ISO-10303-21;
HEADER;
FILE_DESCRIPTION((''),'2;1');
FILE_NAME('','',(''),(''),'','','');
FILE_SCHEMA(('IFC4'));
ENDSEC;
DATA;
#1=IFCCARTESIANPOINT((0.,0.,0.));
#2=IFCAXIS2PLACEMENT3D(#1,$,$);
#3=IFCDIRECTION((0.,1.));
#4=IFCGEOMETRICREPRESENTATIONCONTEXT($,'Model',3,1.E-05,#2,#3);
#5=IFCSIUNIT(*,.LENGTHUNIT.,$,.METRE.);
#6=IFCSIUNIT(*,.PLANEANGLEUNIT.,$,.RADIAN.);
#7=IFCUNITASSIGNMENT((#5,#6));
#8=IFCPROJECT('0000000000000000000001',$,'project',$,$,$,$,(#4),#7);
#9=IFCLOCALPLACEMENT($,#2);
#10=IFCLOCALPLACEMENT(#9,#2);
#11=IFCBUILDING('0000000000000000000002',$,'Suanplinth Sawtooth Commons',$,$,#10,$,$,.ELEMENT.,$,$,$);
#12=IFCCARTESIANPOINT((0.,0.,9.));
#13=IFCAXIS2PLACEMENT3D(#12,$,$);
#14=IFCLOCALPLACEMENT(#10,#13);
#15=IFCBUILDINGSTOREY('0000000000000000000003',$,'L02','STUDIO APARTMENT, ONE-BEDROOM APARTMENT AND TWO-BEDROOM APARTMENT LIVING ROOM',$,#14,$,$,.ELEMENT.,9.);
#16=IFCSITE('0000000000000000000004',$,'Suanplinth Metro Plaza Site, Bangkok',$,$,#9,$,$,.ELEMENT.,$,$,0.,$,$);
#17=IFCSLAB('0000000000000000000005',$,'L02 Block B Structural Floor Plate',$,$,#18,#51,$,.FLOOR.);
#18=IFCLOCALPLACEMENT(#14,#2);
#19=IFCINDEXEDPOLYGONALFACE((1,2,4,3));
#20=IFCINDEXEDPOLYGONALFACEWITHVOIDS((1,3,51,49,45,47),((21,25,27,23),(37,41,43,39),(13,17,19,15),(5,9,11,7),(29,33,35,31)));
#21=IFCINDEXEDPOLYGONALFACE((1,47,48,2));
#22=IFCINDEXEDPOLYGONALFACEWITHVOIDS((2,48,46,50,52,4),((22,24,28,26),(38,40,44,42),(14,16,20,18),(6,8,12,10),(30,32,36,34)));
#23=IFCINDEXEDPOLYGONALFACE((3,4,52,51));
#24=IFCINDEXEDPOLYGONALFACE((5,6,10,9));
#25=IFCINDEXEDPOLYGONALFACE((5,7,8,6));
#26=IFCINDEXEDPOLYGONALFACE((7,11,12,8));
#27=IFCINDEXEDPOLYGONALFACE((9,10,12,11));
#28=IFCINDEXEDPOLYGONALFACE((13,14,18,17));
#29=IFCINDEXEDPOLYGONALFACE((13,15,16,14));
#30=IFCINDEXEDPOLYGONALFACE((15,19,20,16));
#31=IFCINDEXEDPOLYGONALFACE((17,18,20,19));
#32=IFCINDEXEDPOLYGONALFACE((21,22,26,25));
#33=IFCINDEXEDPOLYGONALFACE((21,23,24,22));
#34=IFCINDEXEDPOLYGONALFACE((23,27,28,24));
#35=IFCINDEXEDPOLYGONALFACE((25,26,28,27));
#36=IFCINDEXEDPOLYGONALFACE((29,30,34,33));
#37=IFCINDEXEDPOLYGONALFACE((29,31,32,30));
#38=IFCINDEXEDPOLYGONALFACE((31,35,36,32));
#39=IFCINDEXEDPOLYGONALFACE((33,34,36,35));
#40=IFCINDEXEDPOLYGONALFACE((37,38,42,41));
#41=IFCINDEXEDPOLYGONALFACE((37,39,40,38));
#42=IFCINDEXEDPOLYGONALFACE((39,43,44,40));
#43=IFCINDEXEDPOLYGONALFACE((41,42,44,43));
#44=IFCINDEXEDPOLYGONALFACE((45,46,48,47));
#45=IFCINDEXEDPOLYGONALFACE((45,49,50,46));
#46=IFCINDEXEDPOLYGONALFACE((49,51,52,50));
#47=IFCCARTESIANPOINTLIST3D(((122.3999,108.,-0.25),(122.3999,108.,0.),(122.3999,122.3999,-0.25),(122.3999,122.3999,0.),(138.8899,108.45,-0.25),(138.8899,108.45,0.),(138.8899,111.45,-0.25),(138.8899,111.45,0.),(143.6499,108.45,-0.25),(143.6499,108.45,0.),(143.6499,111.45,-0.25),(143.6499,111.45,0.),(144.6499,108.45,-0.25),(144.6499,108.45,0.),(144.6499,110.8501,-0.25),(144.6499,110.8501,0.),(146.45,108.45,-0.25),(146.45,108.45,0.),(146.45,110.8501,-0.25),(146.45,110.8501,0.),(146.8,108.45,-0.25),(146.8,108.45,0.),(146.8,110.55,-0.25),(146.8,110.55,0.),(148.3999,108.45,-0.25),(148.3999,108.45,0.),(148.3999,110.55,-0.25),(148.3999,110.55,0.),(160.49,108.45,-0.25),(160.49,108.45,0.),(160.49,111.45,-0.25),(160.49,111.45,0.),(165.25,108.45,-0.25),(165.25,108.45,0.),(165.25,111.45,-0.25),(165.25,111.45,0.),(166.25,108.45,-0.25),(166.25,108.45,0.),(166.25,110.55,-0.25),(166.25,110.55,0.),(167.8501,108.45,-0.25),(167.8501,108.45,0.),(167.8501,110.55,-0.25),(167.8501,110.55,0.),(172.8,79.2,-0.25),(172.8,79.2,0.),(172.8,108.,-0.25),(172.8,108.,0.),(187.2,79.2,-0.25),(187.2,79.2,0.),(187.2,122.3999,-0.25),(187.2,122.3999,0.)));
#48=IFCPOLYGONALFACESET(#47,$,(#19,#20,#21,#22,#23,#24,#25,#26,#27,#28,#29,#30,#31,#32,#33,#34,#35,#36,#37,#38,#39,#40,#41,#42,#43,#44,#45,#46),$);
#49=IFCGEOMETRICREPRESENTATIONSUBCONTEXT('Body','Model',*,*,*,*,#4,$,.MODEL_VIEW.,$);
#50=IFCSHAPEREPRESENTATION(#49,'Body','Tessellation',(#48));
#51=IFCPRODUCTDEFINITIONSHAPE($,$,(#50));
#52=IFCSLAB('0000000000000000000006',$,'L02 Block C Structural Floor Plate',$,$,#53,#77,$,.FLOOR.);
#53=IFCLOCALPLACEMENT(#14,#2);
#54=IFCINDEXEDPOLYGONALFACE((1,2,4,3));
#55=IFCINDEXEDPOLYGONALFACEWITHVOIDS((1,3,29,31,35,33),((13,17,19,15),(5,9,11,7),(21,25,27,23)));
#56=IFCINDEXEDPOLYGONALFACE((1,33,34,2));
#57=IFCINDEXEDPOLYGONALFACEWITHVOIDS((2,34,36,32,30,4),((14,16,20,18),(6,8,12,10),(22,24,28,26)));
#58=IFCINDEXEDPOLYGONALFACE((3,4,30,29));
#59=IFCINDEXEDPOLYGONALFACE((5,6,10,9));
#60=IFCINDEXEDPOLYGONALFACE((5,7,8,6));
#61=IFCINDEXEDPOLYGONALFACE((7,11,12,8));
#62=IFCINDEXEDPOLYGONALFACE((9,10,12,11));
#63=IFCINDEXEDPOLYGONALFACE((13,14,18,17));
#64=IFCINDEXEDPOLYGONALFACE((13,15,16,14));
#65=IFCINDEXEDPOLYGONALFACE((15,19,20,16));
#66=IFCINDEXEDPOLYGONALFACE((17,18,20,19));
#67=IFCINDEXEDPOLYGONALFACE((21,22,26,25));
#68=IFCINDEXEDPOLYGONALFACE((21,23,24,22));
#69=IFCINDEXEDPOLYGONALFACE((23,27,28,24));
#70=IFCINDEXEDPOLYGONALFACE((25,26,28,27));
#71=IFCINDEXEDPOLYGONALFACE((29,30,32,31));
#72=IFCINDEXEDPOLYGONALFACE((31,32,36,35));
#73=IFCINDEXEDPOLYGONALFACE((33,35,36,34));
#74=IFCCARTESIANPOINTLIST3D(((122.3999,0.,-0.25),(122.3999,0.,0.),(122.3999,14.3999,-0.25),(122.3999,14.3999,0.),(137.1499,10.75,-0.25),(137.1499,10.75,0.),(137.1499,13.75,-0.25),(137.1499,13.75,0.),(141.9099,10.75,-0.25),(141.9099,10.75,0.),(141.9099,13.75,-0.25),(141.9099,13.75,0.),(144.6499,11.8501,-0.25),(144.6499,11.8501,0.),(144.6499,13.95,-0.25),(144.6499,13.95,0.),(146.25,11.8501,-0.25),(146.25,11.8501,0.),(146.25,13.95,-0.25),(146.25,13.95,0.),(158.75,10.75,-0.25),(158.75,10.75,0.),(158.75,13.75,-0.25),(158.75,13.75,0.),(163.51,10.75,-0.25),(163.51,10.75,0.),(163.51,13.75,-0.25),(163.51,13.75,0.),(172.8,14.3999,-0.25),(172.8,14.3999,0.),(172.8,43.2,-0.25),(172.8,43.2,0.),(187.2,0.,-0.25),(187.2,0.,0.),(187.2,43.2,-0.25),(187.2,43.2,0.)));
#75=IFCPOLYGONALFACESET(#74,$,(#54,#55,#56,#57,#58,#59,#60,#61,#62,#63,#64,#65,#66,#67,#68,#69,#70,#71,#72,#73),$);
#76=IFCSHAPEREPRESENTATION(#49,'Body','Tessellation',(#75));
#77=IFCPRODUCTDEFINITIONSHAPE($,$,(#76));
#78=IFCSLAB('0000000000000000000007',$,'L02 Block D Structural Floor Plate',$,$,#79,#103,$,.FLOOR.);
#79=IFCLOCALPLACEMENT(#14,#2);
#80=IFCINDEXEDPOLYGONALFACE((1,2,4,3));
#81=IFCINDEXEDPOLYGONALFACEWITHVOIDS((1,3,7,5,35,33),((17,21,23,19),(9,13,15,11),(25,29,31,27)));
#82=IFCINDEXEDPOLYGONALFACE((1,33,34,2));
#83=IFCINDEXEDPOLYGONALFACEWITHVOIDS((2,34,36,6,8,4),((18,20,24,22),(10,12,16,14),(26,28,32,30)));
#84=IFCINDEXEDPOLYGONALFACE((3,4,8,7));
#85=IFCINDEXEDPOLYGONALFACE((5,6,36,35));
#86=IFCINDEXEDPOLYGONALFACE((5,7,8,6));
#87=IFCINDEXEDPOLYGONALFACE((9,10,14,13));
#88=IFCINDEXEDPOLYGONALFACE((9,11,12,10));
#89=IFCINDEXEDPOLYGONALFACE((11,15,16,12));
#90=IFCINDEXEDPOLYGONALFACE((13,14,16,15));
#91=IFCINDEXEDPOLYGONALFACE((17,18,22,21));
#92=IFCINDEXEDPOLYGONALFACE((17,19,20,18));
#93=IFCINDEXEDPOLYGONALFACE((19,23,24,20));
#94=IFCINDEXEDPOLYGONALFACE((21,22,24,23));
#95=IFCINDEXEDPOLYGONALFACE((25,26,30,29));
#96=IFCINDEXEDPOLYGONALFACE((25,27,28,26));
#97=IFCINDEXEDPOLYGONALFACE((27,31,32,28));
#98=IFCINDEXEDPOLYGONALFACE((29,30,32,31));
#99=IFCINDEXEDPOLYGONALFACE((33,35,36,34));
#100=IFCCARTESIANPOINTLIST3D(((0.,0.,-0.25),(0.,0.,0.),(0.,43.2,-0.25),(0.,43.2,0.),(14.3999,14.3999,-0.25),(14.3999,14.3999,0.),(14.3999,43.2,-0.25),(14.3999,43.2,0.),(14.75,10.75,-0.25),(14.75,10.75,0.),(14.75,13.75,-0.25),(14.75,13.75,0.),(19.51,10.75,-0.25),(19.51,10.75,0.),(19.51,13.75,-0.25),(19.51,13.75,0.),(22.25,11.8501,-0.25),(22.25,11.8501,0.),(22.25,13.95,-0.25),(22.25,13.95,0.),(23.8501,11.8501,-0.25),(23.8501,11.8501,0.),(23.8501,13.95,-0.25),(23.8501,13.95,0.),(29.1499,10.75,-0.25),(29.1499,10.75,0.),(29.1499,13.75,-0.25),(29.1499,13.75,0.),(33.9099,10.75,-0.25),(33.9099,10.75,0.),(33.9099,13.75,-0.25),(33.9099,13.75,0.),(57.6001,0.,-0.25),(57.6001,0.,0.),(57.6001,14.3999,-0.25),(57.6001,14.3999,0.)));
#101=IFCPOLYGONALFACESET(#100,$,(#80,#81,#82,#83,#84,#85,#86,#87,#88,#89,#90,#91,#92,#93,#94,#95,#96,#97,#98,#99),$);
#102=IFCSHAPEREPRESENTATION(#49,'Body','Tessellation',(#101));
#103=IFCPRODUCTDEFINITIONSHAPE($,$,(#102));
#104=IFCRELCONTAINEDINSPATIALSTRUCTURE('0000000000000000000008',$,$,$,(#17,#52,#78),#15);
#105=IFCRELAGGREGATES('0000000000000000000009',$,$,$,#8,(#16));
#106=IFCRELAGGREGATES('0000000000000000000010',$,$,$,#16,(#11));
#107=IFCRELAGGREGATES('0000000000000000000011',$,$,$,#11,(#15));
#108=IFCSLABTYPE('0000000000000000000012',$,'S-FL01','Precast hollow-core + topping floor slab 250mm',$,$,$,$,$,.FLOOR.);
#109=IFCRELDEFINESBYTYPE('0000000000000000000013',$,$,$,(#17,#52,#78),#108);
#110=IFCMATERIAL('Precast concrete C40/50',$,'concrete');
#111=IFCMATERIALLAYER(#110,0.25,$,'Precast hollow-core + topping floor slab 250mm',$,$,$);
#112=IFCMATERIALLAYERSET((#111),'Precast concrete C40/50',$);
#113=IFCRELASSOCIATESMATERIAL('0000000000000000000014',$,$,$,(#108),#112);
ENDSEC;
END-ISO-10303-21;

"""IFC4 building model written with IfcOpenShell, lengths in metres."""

from ifc_helpers import new_model, si_unit, direction, frame, origin, place, context, subcontext, project, spatial, polyline, outline, extrude, material, layer, layer_set, type_object, element, save


model = new_model("IFC4")

# Units and contexts
model_context = context("Model", 3, precision=1e-05, world=origin(), true_north=direction((0.0, 1.0)))
body_context = subcontext(model_context, "Body", "Model", "MODEL_VIEW")
ifc_project = project(units=[si_unit("LENGTHUNIT", "METRE"), si_unit("PLANEANGLEUNIT", "RADIAN")], contexts=[model_context])

# Site, building, storey
site_placement = place(None, origin())
site = spatial("IfcSite", under=ifc_project, at=site_placement, Name="Suanplinth Metro Plaza Site, Bangkok", CompositionType="ELEMENT", RefElevation=0.0)
building_placement = place(site_placement, origin())
building = spatial("IfcBuilding", under=site, at=building_placement, Name="Suanplinth Sawtooth Commons", CompositionType="ELEMENT")
storey_placement = place(building_placement, frame((0.0, 0.0, 9.0)))
storey = spatial("IfcBuildingStorey", under=building, at=storey_placement, Name="L02", Description="STUDIO APARTMENT, ONE-BEDROOM APARTMENT AND TWO-BEDROOM APARTMENT LIVING ROOM", CompositionType="ELEMENT", Elevation=9.0)

# Shared definitions
ifc_material = material(Name="Precast concrete C40/50", Category="concrete")

# Slabs
ifc_layer_1 = layer(ifc_material, 0.25, Name="Precast hollow-core + topping floor slab 250mm")
ifc_layer_set_1 = layer_set([ifc_layer_1], Name="Precast concrete C40/50")
slab_type_1 = type_object("IfcSlabType", Name="S-FL01", Description="Precast hollow-core + topping floor slab 250mm", PredefinedType="FLOOR", material=ifc_layer_set_1)
slab_1_placement = place(storey_placement, frame((0.0, 0.0, -0.25)))
element("IfcSlab", 1, at=slab_1_placement, inside=storey, type_object=slab_type_1, Name="L02 Block B Structural Floor Plate", PredefinedType="FLOOR", context=body_context, shape_type="SweptSolid", body=[
    extrude(outline(polyline([(172.8, 108.0), (122.3999, 108.0), (122.3999, 122.3999), (187.2, 122.3999), (187.2, 79.2), (172.8, 79.2), (172.8, 108.0)]), holes=[polyline([(138.8899, 108.45), (143.6499, 108.45), (143.6499, 111.45), (138.8899, 111.45), (138.8899, 108.45)]), polyline([(144.6499, 108.45), (146.45, 108.45), (146.45, 110.8501), (144.6499, 110.8501), (144.6499, 108.45)]), polyline([(146.8, 108.45), (148.3999, 108.45), (148.3999, 110.55), (146.8, 110.55), (146.8, 108.45)]), polyline([(160.49, 108.45), (165.25, 108.45), (165.25, 111.45), (160.49, 111.45), (160.49, 108.45)]), polyline([(166.25, 108.45), (167.8501, 108.45), (167.8501, 110.55), (166.25, 110.55), (166.25, 108.45)])]), origin(), (0.0, 0.0, 1.0), 0.25),
])
slab_2_placement = place(storey_placement, frame((0.0, 0.0, -0.25)))
element("IfcSlab", 2, at=slab_2_placement, inside=storey, type_object=slab_type_1, Name="L02 Block C Structural Floor Plate", PredefinedType="FLOOR", context=body_context, shape_type="SweptSolid", body=[
    extrude(outline(polyline([(187.2, 0.0), (122.3999, 0.0), (122.3999, 14.3999), (172.8, 14.3999), (172.8, 43.2), (187.2, 43.2), (187.2, 0.0)]), holes=[polyline([(137.1499, 10.75), (141.9099, 10.75), (141.9099, 13.75), (137.1499, 13.75), (137.1499, 10.75)]), polyline([(144.6499, 11.8501), (146.25, 11.8501), (146.25, 13.95), (144.6499, 13.95), (144.6499, 11.8501)]), polyline([(158.75, 10.75), (163.51, 10.75), (163.51, 13.75), (158.75, 13.75), (158.75, 10.75)])]), origin(), (0.0, 0.0, 1.0), 0.25),
])
slab_3_placement = place(storey_placement, frame((0.0, 0.0, -0.25)))
element("IfcSlab", 3, at=slab_3_placement, inside=storey, type_object=slab_type_1, Name="L02 Block D Structural Floor Plate", PredefinedType="FLOOR", context=body_context, shape_type="SweptSolid", body=[
    extrude(outline(polyline([(0.0, 0.0), (0.0, 43.2), (14.3999, 43.2), (14.3999, 14.3999), (57.6001, 14.3999), (57.6001, 0.0), (0.0, 0.0)]), holes=[polyline([(14.75, 10.75), (19.51, 10.75), (19.51, 13.75), (14.75, 13.75), (14.75, 10.75)]), polyline([(22.25, 11.8501), (23.8501, 11.8501), (23.8501, 13.95), (22.25, 13.95), (22.25, 11.8501)]), polyline([(29.1499, 10.75), (33.9099, 10.75), (33.9099, 13.75), (29.1499, 13.75), (29.1499, 10.75)])]), origin(), (0.0, 0.0, 1.0), 0.25),
])

save(model, "model.ifc")
